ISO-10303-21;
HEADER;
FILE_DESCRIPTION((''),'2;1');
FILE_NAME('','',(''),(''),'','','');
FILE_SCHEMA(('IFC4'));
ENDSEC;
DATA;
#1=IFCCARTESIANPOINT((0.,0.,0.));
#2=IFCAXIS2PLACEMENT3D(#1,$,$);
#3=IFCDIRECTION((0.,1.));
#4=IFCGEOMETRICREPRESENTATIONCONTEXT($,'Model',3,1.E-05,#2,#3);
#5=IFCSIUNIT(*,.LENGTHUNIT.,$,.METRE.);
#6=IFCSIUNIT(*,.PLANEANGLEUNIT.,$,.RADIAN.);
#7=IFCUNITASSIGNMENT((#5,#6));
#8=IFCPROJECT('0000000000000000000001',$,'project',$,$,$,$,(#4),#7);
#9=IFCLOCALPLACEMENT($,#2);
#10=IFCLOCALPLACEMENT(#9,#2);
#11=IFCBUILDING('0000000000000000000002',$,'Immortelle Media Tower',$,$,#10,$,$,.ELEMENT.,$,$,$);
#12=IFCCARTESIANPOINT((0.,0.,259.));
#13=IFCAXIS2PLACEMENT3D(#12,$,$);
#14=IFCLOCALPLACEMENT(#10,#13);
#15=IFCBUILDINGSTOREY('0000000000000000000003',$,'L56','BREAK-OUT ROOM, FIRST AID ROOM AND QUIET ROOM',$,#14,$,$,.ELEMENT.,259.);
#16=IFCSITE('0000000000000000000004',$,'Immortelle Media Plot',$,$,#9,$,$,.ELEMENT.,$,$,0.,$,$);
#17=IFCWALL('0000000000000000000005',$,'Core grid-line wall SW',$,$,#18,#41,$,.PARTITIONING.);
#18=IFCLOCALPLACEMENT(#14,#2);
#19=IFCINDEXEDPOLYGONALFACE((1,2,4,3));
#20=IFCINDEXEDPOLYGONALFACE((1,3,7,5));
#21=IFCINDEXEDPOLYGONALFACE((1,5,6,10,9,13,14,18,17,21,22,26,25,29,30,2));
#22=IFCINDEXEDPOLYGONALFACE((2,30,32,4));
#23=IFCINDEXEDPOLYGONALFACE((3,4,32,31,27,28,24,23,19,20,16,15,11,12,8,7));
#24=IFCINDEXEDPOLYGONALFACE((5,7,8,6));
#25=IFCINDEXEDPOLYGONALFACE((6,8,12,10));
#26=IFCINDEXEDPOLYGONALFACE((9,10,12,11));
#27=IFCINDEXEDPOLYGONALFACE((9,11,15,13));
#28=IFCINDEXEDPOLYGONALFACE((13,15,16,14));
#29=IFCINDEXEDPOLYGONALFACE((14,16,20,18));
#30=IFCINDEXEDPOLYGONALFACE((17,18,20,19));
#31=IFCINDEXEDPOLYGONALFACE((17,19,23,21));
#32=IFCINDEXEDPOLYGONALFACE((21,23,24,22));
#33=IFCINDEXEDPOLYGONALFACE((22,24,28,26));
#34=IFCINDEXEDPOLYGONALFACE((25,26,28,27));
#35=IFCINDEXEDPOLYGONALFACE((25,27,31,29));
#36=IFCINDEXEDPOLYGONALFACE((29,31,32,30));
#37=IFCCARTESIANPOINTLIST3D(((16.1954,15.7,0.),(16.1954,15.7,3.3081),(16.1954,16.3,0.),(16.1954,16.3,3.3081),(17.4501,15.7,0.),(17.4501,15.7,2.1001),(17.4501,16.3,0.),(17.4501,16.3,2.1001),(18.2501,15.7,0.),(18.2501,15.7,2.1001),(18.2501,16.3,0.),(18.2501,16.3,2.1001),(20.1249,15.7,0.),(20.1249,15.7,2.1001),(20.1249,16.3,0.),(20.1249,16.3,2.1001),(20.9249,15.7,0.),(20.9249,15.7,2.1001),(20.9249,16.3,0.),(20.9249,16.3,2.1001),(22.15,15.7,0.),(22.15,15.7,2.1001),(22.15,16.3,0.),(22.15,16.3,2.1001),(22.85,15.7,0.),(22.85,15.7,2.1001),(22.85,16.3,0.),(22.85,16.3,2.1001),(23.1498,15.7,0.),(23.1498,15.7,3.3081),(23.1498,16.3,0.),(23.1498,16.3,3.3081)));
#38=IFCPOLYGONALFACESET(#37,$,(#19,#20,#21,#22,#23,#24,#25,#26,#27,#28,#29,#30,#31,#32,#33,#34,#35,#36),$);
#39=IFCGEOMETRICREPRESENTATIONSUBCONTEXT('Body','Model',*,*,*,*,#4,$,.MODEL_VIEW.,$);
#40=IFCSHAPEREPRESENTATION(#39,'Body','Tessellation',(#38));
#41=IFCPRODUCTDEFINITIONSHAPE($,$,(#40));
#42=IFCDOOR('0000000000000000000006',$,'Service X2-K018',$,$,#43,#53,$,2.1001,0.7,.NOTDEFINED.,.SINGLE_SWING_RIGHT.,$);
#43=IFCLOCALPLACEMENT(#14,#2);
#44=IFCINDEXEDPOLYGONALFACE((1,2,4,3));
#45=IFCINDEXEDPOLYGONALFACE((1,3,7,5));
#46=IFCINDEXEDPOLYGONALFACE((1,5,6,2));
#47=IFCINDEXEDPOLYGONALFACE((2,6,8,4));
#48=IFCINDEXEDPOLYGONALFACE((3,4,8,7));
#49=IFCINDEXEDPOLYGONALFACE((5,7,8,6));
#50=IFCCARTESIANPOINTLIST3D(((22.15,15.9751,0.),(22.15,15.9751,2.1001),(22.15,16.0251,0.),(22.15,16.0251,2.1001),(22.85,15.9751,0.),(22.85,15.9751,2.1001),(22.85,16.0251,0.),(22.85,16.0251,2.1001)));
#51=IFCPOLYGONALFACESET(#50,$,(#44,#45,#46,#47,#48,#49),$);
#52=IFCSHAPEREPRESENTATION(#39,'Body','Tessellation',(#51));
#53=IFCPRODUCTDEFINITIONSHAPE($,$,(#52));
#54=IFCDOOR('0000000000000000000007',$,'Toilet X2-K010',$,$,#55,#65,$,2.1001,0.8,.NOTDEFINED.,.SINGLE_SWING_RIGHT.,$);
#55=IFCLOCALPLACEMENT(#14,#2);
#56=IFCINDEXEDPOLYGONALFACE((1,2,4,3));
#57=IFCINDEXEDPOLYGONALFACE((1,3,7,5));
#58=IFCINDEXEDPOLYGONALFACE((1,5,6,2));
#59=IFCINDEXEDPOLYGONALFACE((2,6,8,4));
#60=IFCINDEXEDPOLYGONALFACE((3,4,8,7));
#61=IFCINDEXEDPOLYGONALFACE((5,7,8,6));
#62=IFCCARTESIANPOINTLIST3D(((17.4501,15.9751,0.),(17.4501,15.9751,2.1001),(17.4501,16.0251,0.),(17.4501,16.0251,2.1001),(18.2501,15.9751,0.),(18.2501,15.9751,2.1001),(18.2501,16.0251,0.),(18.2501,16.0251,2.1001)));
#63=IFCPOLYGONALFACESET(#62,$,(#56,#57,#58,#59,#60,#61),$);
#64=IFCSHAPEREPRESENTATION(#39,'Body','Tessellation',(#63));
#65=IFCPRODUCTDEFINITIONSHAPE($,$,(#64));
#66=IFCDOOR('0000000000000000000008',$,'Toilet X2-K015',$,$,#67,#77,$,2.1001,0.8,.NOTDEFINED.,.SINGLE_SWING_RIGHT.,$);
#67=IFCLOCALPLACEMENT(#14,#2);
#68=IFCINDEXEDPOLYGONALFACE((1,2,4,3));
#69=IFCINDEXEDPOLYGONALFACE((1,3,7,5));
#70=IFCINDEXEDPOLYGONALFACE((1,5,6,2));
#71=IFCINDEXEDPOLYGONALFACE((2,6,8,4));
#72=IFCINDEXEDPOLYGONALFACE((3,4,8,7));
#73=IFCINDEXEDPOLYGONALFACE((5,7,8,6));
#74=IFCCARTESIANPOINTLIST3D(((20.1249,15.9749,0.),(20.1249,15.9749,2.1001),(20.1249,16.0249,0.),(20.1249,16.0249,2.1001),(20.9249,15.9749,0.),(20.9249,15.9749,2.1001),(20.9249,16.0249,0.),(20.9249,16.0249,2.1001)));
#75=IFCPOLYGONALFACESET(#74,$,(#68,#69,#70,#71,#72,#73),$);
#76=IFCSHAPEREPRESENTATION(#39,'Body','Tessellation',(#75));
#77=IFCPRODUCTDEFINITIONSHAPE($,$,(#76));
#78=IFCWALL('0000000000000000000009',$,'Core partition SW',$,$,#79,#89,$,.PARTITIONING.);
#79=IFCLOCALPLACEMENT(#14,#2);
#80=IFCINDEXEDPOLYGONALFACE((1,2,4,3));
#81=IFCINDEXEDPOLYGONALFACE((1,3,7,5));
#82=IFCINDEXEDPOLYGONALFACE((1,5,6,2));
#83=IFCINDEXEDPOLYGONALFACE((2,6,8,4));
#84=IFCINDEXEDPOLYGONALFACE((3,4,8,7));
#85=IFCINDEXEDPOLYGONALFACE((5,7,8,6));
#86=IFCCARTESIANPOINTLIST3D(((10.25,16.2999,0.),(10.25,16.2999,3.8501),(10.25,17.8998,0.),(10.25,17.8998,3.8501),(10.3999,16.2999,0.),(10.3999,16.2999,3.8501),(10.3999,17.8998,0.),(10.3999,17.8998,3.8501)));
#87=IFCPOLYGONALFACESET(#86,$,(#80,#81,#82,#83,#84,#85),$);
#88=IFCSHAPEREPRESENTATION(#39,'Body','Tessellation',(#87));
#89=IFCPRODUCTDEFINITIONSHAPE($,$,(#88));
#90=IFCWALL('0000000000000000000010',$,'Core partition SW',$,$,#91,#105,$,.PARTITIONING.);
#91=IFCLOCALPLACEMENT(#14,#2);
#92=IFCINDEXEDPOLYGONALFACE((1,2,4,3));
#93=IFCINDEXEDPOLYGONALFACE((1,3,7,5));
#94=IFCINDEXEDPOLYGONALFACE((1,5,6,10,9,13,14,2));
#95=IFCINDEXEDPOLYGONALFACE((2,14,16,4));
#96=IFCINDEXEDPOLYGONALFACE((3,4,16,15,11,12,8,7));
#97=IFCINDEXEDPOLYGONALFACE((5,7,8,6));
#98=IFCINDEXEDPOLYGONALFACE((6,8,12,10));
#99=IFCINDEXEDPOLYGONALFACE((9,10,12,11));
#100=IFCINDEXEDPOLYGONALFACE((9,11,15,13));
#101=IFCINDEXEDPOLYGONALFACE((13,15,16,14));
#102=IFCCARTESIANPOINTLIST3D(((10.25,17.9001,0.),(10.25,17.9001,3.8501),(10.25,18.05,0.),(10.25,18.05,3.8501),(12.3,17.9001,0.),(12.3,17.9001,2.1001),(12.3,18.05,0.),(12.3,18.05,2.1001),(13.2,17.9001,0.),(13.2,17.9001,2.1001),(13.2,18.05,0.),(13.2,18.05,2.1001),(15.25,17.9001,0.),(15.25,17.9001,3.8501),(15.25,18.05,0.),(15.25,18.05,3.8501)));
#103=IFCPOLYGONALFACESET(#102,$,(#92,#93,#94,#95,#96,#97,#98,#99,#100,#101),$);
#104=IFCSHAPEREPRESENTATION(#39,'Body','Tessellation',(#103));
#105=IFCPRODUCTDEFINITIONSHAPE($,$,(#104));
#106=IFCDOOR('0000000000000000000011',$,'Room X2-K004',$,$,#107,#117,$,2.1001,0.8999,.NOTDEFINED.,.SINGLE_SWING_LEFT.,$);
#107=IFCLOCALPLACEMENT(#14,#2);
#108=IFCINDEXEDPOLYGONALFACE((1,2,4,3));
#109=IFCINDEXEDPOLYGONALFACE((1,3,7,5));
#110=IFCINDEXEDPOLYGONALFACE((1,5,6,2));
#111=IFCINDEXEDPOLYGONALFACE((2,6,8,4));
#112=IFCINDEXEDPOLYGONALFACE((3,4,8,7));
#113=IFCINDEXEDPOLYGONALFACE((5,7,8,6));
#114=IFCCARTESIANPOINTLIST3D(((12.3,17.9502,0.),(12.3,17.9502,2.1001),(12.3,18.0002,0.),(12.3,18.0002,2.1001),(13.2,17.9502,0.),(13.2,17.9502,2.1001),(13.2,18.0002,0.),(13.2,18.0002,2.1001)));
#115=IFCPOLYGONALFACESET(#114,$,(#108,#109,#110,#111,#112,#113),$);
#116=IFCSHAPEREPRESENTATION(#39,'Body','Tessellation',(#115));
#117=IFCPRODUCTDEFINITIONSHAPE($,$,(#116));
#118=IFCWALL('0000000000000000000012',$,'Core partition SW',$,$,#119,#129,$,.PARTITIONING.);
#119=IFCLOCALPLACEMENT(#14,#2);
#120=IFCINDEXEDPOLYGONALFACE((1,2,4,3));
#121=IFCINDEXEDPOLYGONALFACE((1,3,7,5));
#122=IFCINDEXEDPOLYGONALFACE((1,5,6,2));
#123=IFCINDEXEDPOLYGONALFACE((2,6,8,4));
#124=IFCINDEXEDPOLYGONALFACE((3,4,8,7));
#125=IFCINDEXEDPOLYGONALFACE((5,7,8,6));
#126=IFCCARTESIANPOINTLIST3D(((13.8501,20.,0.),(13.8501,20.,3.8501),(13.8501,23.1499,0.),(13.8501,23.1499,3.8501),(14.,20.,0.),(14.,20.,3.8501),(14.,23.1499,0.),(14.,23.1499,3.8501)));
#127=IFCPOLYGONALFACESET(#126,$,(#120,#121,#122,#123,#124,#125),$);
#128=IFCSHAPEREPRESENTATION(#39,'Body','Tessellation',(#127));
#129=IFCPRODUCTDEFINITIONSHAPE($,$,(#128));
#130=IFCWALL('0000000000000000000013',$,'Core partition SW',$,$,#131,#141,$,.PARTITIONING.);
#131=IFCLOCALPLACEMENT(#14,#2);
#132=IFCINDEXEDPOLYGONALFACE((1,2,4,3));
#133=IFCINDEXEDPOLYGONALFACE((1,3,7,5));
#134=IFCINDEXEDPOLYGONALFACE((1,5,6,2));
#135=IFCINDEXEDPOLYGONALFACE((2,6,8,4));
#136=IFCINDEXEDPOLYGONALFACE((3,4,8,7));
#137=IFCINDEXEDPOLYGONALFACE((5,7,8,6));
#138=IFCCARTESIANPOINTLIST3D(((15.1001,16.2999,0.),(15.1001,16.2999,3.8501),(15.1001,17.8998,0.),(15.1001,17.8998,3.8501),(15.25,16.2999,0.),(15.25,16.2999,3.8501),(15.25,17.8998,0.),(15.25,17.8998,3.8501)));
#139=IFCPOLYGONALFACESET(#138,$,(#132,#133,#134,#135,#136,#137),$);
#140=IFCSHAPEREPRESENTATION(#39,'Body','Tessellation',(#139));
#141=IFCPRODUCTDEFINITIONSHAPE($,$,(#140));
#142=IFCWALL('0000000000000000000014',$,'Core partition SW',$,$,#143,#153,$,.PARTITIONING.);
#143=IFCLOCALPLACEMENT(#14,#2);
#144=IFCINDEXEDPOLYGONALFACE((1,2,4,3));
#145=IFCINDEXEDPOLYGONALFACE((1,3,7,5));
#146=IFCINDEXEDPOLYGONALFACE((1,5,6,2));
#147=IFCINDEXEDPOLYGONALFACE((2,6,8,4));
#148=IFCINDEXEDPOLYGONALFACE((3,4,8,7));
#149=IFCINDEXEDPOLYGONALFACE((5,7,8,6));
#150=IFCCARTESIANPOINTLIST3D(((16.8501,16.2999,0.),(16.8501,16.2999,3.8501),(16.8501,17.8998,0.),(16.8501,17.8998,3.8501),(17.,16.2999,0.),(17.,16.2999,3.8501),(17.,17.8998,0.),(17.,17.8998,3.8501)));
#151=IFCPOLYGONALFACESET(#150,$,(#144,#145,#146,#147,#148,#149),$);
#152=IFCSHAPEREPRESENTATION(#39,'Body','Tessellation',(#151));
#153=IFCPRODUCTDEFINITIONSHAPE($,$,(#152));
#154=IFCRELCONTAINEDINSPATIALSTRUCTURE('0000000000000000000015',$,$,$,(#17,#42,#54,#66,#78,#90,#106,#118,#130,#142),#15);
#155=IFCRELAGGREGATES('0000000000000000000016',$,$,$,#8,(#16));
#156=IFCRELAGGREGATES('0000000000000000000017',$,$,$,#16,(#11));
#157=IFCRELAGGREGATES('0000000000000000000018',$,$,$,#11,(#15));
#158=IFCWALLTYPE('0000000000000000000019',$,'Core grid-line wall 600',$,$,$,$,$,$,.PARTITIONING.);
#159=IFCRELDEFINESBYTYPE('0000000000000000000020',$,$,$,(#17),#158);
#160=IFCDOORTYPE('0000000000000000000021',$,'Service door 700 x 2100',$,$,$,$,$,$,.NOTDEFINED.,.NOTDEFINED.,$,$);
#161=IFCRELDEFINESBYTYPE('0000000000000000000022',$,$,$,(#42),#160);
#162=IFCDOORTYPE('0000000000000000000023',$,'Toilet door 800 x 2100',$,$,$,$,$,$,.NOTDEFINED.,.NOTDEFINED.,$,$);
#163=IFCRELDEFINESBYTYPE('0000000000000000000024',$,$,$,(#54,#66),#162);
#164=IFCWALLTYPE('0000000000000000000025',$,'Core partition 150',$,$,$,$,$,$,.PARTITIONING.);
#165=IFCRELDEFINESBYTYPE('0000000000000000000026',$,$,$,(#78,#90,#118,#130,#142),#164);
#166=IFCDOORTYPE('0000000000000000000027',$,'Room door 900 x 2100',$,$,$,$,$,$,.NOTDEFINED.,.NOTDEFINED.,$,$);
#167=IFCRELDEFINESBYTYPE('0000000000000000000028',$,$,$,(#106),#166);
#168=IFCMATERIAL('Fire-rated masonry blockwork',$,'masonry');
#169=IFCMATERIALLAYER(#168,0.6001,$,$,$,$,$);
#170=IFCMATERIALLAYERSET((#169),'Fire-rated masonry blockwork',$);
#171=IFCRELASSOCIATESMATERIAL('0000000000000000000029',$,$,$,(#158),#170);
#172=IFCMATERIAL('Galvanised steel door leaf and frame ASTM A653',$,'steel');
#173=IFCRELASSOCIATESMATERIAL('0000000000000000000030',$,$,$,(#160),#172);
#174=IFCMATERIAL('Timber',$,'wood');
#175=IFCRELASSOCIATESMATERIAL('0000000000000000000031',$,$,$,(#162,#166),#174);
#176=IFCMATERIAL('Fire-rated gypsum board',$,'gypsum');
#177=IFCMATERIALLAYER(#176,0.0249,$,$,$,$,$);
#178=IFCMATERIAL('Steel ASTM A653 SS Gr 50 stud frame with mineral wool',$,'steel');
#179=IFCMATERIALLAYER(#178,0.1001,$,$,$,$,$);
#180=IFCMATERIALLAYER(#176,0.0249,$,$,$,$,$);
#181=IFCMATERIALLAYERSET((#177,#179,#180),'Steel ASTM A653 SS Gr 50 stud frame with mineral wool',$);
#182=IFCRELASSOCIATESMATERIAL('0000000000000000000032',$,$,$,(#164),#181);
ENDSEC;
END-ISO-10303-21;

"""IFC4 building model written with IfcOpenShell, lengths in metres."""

from ifc_helpers import new_model, si_unit, direction, frame, frame_2d, origin, place, context, subcontext, project, spatial, rectangle, extrude, material, layer, layer_set, type_object, element, fill, save


model = new_model("IFC4")

# Units and contexts
model_context = context("Model", 3, precision=1e-05, world=origin(), true_north=direction((0.0, 1.0)))
body_context = subcontext(model_context, "Body", "Model", "MODEL_VIEW")
ifc_project = project(units=[si_unit("LENGTHUNIT", "METRE"), si_unit("PLANEANGLEUNIT", "RADIAN")], contexts=[model_context])

# Site, building, storey
site_placement = place(None, origin())
site = spatial("IfcSite", under=ifc_project, at=site_placement, Name="Immortelle Media Plot", CompositionType="ELEMENT", RefElevation=0.0)
building_placement = place(site_placement, origin())
building = spatial("IfcBuilding", under=site, at=building_placement, Name="Immortelle Media Tower", CompositionType="ELEMENT")
storey_placement = place(building_placement, frame((0.0, 0.0, 259.0)))
storey = spatial("IfcBuildingStorey", under=building, at=storey_placement, Name="L56", Description="BREAK-OUT ROOM, FIRST AID ROOM AND QUIET ROOM", CompositionType="ELEMENT", Elevation=259.0)

# Wall, openings, doors
ifc_material_1 = material(Name="Fire-rated masonry blockwork", Category="masonry")
ifc_layer_1 = layer(ifc_material_1, 0.6001)
ifc_layer_set_1 = layer_set([ifc_layer_1], Name="Fire-rated masonry blockwork")
wall_type_1 = type_object("IfcWallType", Name="Core grid-line wall 600", PredefinedType="PARTITIONING", material=ifc_layer_set_1)
wall_1_placement = place(storey_placement, frame((16.1956, 16.0, 0.0), z_axis=(0.0, 0.0, 1.0), x_axis=(1.0, 0.0, 0.0)))
wall_1 = element("IfcWall", 1, at=wall_1_placement, inside=storey, type_object=wall_type_1, Name="Core grid-line wall SW", PredefinedType="PARTITIONING", context=body_context, shape_type="SweptSolid", body=[
    extrude(rectangle(XDim=6.9543, YDim=0.6001, at=frame_2d((3.4771, 0.0))), origin(), (0.0, 0.0, 1.0), 3.3081),
])
opening_1_placement = place(wall_1_placement, frame((2.0544, 0.0, 0.0), z_axis=(0.0, 0.0, 1.0), x_axis=(-1.0, 0.0, 0.0)))
opening_1 = element("IfcOpeningElement", 2, at=opening_1_placement, cuts=wall_1, PredefinedType="OPENING", context=body_context, shape_type="SweptSolid", body=[
    extrude(rectangle(XDim=0.8, YDim=2.1001, at=frame_2d((0.3999, 1.05))), frame((0.0, 0.3101, 0.0), z_axis=(0.0, -1.0, 0.0), x_axis=(1.0, 0.0, 0.0)), (0.0, 0.0, 1.0), 0.6201),
])
opening_2_placement = place(wall_1_placement, frame((3.9294, 0.0, 0.0)))
opening_2 = element("IfcOpeningElement", 3, at=opening_2_placement, cuts=wall_1, PredefinedType="OPENING", context=body_context, shape_type="SweptSolid", body=[
    extrude(rectangle(XDim=0.8, YDim=2.1001, at=frame_2d((0.3999, 1.05))), frame((0.0, 0.3101, 0.0), z_axis=(0.0, -1.0, 0.0), x_axis=(1.0, 0.0, 0.0)), (0.0, 0.0, 1.0), 0.6201),
])
opening_3_placement = place(wall_1_placement, frame((6.6545, 0.0, 0.0), z_axis=(0.0, 0.0, 1.0), x_axis=(-1.0, 0.0, 0.0)))
opening_3 = element("IfcOpeningElement", 4, at=opening_3_placement, cuts=wall_1, PredefinedType="OPENING", context=body_context, shape_type="SweptSolid", body=[
    extrude(rectangle(XDim=0.7, YDim=2.1001, at=frame_2d((0.3501, 1.05))), frame((0.0, 0.3101, 0.0), z_axis=(0.0, -1.0, 0.0), x_axis=(1.0, 0.0, 0.0)), (0.0, 0.0, 1.0), 0.6201),
])
ifc_material_2 = material(Name="Galvanised steel door leaf and frame ASTM A653", Category="steel")
door_type_1 = type_object("IfcDoorType", Name="Service door 700 x 2100", OperationType="NOTDEFINED", PredefinedType="NOTDEFINED", material=ifc_material_2)
door_1_placement = place(opening_3_placement, origin())
door_1 = element("IfcDoor", 5, at=door_1_placement, inside=storey, type_object=door_type_1, Name="Service X2-K018", OperationType="SINGLE_SWING_RIGHT", OverallHeight=2.1001, OverallWidth=0.7, PredefinedType="NOTDEFINED", context=body_context, shape_type="SweptSolid", body=[
    extrude(rectangle(XDim=0.7, YDim=2.1001, at=frame_2d((0.3501, 1.05))), frame((0.0, 0.0249, 0.0), z_axis=(0.0, -1.0, 0.0), x_axis=(1.0, 0.0, 0.0)), (0.0, 0.0, 1.0), 0.05),
])
fill(opening_3, door_1)
ifc_material_3 = material(Name="Timber", Category="wood")
door_type_2 = type_object("IfcDoorType", Name="Toilet door 800 x 2100", OperationType="NOTDEFINED", PredefinedType="NOTDEFINED", material=ifc_material_3)
door_2_placement = place(opening_1_placement, origin())
door_2 = element("IfcDoor", 6, at=door_2_placement, inside=storey, type_object=door_type_2, Name="Toilet X2-K010", OperationType="SINGLE_SWING_RIGHT", OverallHeight=2.1001, OverallWidth=0.8, PredefinedType="NOTDEFINED", context=body_context, shape_type="SweptSolid", body=[
    extrude(rectangle(XDim=0.8, YDim=2.1001, at=frame_2d((0.3999, 1.05))), frame((0.0, 0.0249, 0.0), z_axis=(0.0, -1.0, 0.0), x_axis=(1.0, 0.0, 0.0)), (0.0, 0.0, 1.0), 0.05),
])
fill(opening_1, door_2)
door_3_placement = place(opening_2_placement, origin())
door_3 = element("IfcDoor", 7, at=door_3_placement, inside=storey, type_object=door_type_2, Name="Toilet X2-K015", OperationType="SINGLE_SWING_RIGHT", OverallHeight=2.1001, OverallWidth=0.8, PredefinedType="NOTDEFINED", context=body_context, shape_type="SweptSolid", body=[
    extrude(rectangle(XDim=0.8, YDim=2.1001, at=frame_2d((0.3999, 1.05))), frame((0.0, 0.0249, 0.0), z_axis=(0.0, -1.0, 0.0), x_axis=(1.0, 0.0, 0.0)), (0.0, 0.0, 1.0), 0.05),
])
fill(opening_2, door_3)

# Wall
ifc_material_4 = material(Name="Fire-rated gypsum board", Category="gypsum")
ifc_layer_2 = layer(ifc_material_4, 0.0249)
ifc_material_5 = material(Name="Steel ASTM A653 SS Gr 50 stud frame with mineral wool", Category="steel")
ifc_layer_3 = layer(ifc_material_5, 0.1001)
ifc_layer_4 = layer(ifc_material_4, 0.0249)
ifc_layer_set_2 = layer_set([ifc_layer_2, ifc_layer_3, ifc_layer_4], Name="Steel ASTM A653 SS Gr 50 stud frame with mineral wool")
wall_type_2 = type_object("IfcWallType", Name="Core partition 150", PredefinedType="PARTITIONING", material=ifc_layer_set_2)
wall_2_placement = place(storey_placement, frame((10.325, 16.3, 0.0), z_axis=(0.0, 0.0, 1.0), x_axis=(0.0, 1.0, 0.0)))
element("IfcWall", 8, at=wall_2_placement, inside=storey, type_object=wall_type_2, Name="Core partition SW", PredefinedType="PARTITIONING", context=body_context, shape_type="SweptSolid", body=[
    extrude(rectangle(XDim=1.5999, YDim=0.1499, at=frame_2d((0.7998, 0.0))), origin(), (0.0, 0.0, 1.0), 3.8501),
])

# Wall, opening, door
wall_3_placement = place(storey_placement, frame((10.25, 17.9751, 0.0), z_axis=(0.0, 0.0, 1.0), x_axis=(1.0, 0.0, 0.0)))
wall_3 = element("IfcWall", 9, at=wall_3_placement, inside=storey, type_object=wall_type_2, Name="Core partition SW", PredefinedType="PARTITIONING", context=body_context, shape_type="SweptSolid", body=[
    extrude(rectangle(XDim=5.0, YDim=0.1499, at=frame_2d((2.5, 0.0))), origin(), (0.0, 0.0, 1.0), 3.8501),
])
opening_4_placement = place(wall_3_placement, frame((2.95, 0.0, 0.0), z_axis=(0.0, 0.0, 1.0), x_axis=(-1.0, 0.0, 0.0)))
opening_4 = element("IfcOpeningElement", 10, at=opening_4_placement, cuts=wall_3, PredefinedType="OPENING", context=body_context, shape_type="SweptSolid", body=[
    extrude(rectangle(XDim=0.8999, YDim=2.1001, at=frame_2d((0.45, 1.05))), frame((0.0, 0.085, 0.0), z_axis=(0.0, -1.0, 0.0), x_axis=(1.0, 0.0, 0.0)), (0.0, 0.0, 1.0), 0.1699),
])
door_type_3 = type_object("IfcDoorType", Name="Room door 900 x 2100", OperationType="NOTDEFINED", PredefinedType="NOTDEFINED", material=ifc_material_3)
door_4_placement = place(opening_4_placement, origin())
door_4 = element("IfcDoor", 11, at=door_4_placement, inside=storey, type_object=door_type_3, Name="Room X2-K004", OperationType="SINGLE_SWING_LEFT", OverallHeight=2.1001, OverallWidth=0.8999, PredefinedType="NOTDEFINED", context=body_context, shape_type="SweptSolid", body=[
    extrude(rectangle(XDim=0.8999, YDim=2.1001, at=frame_2d((0.45, 1.05))), frame((0.0, 0.0249, 0.0), z_axis=(0.0, -1.0, 0.0), x_axis=(1.0, 0.0, 0.0)), (0.0, 0.0, 1.0), 0.05),
])
fill(opening_4, door_4)

# Walls
wall_4_placement = place(storey_placement, frame((13.925, 20.0, 0.0), z_axis=(0.0, 0.0, 1.0), x_axis=(0.0, 1.0, 0.0)))
element("IfcWall", 12, at=wall_4_placement, inside=storey, type_object=wall_type_2, Name="Core partition SW", PredefinedType="PARTITIONING", context=body_context, shape_type="SweptSolid", body=[
    extrude(rectangle(XDim=3.1499, YDim=0.1499, at=frame_2d((1.575, 0.0))), origin(), (0.0, 0.0, 1.0), 3.8501),
])
for number, where, z_axis, x_axis, name in (
    (13, (15.175, 16.3, 0.0), (0.0, 0.0, 1.0), (0.0, 1.0, 0.0), "Core partition SW"),
    (14, (16.925, 16.3, 0.0), (0.0, 0.0, 1.0), (0.0, 1.0, 0.0), "Core partition SW"),
):
    element("IfcWall", number, at=place(storey_placement, frame(where, z_axis=z_axis, x_axis=x_axis)), inside=storey, type_object=wall_type_2, Name=name, PredefinedType="PARTITIONING", context=body_context, shape_type="SweptSolid", body=[
        extrude(rectangle(XDim=1.5999, YDim=0.1499, at=frame_2d((0.7998, 0.0))), origin(), (0.0, 0.0, 1.0), 3.8501),
    ])

save(model, "model.ifc")
